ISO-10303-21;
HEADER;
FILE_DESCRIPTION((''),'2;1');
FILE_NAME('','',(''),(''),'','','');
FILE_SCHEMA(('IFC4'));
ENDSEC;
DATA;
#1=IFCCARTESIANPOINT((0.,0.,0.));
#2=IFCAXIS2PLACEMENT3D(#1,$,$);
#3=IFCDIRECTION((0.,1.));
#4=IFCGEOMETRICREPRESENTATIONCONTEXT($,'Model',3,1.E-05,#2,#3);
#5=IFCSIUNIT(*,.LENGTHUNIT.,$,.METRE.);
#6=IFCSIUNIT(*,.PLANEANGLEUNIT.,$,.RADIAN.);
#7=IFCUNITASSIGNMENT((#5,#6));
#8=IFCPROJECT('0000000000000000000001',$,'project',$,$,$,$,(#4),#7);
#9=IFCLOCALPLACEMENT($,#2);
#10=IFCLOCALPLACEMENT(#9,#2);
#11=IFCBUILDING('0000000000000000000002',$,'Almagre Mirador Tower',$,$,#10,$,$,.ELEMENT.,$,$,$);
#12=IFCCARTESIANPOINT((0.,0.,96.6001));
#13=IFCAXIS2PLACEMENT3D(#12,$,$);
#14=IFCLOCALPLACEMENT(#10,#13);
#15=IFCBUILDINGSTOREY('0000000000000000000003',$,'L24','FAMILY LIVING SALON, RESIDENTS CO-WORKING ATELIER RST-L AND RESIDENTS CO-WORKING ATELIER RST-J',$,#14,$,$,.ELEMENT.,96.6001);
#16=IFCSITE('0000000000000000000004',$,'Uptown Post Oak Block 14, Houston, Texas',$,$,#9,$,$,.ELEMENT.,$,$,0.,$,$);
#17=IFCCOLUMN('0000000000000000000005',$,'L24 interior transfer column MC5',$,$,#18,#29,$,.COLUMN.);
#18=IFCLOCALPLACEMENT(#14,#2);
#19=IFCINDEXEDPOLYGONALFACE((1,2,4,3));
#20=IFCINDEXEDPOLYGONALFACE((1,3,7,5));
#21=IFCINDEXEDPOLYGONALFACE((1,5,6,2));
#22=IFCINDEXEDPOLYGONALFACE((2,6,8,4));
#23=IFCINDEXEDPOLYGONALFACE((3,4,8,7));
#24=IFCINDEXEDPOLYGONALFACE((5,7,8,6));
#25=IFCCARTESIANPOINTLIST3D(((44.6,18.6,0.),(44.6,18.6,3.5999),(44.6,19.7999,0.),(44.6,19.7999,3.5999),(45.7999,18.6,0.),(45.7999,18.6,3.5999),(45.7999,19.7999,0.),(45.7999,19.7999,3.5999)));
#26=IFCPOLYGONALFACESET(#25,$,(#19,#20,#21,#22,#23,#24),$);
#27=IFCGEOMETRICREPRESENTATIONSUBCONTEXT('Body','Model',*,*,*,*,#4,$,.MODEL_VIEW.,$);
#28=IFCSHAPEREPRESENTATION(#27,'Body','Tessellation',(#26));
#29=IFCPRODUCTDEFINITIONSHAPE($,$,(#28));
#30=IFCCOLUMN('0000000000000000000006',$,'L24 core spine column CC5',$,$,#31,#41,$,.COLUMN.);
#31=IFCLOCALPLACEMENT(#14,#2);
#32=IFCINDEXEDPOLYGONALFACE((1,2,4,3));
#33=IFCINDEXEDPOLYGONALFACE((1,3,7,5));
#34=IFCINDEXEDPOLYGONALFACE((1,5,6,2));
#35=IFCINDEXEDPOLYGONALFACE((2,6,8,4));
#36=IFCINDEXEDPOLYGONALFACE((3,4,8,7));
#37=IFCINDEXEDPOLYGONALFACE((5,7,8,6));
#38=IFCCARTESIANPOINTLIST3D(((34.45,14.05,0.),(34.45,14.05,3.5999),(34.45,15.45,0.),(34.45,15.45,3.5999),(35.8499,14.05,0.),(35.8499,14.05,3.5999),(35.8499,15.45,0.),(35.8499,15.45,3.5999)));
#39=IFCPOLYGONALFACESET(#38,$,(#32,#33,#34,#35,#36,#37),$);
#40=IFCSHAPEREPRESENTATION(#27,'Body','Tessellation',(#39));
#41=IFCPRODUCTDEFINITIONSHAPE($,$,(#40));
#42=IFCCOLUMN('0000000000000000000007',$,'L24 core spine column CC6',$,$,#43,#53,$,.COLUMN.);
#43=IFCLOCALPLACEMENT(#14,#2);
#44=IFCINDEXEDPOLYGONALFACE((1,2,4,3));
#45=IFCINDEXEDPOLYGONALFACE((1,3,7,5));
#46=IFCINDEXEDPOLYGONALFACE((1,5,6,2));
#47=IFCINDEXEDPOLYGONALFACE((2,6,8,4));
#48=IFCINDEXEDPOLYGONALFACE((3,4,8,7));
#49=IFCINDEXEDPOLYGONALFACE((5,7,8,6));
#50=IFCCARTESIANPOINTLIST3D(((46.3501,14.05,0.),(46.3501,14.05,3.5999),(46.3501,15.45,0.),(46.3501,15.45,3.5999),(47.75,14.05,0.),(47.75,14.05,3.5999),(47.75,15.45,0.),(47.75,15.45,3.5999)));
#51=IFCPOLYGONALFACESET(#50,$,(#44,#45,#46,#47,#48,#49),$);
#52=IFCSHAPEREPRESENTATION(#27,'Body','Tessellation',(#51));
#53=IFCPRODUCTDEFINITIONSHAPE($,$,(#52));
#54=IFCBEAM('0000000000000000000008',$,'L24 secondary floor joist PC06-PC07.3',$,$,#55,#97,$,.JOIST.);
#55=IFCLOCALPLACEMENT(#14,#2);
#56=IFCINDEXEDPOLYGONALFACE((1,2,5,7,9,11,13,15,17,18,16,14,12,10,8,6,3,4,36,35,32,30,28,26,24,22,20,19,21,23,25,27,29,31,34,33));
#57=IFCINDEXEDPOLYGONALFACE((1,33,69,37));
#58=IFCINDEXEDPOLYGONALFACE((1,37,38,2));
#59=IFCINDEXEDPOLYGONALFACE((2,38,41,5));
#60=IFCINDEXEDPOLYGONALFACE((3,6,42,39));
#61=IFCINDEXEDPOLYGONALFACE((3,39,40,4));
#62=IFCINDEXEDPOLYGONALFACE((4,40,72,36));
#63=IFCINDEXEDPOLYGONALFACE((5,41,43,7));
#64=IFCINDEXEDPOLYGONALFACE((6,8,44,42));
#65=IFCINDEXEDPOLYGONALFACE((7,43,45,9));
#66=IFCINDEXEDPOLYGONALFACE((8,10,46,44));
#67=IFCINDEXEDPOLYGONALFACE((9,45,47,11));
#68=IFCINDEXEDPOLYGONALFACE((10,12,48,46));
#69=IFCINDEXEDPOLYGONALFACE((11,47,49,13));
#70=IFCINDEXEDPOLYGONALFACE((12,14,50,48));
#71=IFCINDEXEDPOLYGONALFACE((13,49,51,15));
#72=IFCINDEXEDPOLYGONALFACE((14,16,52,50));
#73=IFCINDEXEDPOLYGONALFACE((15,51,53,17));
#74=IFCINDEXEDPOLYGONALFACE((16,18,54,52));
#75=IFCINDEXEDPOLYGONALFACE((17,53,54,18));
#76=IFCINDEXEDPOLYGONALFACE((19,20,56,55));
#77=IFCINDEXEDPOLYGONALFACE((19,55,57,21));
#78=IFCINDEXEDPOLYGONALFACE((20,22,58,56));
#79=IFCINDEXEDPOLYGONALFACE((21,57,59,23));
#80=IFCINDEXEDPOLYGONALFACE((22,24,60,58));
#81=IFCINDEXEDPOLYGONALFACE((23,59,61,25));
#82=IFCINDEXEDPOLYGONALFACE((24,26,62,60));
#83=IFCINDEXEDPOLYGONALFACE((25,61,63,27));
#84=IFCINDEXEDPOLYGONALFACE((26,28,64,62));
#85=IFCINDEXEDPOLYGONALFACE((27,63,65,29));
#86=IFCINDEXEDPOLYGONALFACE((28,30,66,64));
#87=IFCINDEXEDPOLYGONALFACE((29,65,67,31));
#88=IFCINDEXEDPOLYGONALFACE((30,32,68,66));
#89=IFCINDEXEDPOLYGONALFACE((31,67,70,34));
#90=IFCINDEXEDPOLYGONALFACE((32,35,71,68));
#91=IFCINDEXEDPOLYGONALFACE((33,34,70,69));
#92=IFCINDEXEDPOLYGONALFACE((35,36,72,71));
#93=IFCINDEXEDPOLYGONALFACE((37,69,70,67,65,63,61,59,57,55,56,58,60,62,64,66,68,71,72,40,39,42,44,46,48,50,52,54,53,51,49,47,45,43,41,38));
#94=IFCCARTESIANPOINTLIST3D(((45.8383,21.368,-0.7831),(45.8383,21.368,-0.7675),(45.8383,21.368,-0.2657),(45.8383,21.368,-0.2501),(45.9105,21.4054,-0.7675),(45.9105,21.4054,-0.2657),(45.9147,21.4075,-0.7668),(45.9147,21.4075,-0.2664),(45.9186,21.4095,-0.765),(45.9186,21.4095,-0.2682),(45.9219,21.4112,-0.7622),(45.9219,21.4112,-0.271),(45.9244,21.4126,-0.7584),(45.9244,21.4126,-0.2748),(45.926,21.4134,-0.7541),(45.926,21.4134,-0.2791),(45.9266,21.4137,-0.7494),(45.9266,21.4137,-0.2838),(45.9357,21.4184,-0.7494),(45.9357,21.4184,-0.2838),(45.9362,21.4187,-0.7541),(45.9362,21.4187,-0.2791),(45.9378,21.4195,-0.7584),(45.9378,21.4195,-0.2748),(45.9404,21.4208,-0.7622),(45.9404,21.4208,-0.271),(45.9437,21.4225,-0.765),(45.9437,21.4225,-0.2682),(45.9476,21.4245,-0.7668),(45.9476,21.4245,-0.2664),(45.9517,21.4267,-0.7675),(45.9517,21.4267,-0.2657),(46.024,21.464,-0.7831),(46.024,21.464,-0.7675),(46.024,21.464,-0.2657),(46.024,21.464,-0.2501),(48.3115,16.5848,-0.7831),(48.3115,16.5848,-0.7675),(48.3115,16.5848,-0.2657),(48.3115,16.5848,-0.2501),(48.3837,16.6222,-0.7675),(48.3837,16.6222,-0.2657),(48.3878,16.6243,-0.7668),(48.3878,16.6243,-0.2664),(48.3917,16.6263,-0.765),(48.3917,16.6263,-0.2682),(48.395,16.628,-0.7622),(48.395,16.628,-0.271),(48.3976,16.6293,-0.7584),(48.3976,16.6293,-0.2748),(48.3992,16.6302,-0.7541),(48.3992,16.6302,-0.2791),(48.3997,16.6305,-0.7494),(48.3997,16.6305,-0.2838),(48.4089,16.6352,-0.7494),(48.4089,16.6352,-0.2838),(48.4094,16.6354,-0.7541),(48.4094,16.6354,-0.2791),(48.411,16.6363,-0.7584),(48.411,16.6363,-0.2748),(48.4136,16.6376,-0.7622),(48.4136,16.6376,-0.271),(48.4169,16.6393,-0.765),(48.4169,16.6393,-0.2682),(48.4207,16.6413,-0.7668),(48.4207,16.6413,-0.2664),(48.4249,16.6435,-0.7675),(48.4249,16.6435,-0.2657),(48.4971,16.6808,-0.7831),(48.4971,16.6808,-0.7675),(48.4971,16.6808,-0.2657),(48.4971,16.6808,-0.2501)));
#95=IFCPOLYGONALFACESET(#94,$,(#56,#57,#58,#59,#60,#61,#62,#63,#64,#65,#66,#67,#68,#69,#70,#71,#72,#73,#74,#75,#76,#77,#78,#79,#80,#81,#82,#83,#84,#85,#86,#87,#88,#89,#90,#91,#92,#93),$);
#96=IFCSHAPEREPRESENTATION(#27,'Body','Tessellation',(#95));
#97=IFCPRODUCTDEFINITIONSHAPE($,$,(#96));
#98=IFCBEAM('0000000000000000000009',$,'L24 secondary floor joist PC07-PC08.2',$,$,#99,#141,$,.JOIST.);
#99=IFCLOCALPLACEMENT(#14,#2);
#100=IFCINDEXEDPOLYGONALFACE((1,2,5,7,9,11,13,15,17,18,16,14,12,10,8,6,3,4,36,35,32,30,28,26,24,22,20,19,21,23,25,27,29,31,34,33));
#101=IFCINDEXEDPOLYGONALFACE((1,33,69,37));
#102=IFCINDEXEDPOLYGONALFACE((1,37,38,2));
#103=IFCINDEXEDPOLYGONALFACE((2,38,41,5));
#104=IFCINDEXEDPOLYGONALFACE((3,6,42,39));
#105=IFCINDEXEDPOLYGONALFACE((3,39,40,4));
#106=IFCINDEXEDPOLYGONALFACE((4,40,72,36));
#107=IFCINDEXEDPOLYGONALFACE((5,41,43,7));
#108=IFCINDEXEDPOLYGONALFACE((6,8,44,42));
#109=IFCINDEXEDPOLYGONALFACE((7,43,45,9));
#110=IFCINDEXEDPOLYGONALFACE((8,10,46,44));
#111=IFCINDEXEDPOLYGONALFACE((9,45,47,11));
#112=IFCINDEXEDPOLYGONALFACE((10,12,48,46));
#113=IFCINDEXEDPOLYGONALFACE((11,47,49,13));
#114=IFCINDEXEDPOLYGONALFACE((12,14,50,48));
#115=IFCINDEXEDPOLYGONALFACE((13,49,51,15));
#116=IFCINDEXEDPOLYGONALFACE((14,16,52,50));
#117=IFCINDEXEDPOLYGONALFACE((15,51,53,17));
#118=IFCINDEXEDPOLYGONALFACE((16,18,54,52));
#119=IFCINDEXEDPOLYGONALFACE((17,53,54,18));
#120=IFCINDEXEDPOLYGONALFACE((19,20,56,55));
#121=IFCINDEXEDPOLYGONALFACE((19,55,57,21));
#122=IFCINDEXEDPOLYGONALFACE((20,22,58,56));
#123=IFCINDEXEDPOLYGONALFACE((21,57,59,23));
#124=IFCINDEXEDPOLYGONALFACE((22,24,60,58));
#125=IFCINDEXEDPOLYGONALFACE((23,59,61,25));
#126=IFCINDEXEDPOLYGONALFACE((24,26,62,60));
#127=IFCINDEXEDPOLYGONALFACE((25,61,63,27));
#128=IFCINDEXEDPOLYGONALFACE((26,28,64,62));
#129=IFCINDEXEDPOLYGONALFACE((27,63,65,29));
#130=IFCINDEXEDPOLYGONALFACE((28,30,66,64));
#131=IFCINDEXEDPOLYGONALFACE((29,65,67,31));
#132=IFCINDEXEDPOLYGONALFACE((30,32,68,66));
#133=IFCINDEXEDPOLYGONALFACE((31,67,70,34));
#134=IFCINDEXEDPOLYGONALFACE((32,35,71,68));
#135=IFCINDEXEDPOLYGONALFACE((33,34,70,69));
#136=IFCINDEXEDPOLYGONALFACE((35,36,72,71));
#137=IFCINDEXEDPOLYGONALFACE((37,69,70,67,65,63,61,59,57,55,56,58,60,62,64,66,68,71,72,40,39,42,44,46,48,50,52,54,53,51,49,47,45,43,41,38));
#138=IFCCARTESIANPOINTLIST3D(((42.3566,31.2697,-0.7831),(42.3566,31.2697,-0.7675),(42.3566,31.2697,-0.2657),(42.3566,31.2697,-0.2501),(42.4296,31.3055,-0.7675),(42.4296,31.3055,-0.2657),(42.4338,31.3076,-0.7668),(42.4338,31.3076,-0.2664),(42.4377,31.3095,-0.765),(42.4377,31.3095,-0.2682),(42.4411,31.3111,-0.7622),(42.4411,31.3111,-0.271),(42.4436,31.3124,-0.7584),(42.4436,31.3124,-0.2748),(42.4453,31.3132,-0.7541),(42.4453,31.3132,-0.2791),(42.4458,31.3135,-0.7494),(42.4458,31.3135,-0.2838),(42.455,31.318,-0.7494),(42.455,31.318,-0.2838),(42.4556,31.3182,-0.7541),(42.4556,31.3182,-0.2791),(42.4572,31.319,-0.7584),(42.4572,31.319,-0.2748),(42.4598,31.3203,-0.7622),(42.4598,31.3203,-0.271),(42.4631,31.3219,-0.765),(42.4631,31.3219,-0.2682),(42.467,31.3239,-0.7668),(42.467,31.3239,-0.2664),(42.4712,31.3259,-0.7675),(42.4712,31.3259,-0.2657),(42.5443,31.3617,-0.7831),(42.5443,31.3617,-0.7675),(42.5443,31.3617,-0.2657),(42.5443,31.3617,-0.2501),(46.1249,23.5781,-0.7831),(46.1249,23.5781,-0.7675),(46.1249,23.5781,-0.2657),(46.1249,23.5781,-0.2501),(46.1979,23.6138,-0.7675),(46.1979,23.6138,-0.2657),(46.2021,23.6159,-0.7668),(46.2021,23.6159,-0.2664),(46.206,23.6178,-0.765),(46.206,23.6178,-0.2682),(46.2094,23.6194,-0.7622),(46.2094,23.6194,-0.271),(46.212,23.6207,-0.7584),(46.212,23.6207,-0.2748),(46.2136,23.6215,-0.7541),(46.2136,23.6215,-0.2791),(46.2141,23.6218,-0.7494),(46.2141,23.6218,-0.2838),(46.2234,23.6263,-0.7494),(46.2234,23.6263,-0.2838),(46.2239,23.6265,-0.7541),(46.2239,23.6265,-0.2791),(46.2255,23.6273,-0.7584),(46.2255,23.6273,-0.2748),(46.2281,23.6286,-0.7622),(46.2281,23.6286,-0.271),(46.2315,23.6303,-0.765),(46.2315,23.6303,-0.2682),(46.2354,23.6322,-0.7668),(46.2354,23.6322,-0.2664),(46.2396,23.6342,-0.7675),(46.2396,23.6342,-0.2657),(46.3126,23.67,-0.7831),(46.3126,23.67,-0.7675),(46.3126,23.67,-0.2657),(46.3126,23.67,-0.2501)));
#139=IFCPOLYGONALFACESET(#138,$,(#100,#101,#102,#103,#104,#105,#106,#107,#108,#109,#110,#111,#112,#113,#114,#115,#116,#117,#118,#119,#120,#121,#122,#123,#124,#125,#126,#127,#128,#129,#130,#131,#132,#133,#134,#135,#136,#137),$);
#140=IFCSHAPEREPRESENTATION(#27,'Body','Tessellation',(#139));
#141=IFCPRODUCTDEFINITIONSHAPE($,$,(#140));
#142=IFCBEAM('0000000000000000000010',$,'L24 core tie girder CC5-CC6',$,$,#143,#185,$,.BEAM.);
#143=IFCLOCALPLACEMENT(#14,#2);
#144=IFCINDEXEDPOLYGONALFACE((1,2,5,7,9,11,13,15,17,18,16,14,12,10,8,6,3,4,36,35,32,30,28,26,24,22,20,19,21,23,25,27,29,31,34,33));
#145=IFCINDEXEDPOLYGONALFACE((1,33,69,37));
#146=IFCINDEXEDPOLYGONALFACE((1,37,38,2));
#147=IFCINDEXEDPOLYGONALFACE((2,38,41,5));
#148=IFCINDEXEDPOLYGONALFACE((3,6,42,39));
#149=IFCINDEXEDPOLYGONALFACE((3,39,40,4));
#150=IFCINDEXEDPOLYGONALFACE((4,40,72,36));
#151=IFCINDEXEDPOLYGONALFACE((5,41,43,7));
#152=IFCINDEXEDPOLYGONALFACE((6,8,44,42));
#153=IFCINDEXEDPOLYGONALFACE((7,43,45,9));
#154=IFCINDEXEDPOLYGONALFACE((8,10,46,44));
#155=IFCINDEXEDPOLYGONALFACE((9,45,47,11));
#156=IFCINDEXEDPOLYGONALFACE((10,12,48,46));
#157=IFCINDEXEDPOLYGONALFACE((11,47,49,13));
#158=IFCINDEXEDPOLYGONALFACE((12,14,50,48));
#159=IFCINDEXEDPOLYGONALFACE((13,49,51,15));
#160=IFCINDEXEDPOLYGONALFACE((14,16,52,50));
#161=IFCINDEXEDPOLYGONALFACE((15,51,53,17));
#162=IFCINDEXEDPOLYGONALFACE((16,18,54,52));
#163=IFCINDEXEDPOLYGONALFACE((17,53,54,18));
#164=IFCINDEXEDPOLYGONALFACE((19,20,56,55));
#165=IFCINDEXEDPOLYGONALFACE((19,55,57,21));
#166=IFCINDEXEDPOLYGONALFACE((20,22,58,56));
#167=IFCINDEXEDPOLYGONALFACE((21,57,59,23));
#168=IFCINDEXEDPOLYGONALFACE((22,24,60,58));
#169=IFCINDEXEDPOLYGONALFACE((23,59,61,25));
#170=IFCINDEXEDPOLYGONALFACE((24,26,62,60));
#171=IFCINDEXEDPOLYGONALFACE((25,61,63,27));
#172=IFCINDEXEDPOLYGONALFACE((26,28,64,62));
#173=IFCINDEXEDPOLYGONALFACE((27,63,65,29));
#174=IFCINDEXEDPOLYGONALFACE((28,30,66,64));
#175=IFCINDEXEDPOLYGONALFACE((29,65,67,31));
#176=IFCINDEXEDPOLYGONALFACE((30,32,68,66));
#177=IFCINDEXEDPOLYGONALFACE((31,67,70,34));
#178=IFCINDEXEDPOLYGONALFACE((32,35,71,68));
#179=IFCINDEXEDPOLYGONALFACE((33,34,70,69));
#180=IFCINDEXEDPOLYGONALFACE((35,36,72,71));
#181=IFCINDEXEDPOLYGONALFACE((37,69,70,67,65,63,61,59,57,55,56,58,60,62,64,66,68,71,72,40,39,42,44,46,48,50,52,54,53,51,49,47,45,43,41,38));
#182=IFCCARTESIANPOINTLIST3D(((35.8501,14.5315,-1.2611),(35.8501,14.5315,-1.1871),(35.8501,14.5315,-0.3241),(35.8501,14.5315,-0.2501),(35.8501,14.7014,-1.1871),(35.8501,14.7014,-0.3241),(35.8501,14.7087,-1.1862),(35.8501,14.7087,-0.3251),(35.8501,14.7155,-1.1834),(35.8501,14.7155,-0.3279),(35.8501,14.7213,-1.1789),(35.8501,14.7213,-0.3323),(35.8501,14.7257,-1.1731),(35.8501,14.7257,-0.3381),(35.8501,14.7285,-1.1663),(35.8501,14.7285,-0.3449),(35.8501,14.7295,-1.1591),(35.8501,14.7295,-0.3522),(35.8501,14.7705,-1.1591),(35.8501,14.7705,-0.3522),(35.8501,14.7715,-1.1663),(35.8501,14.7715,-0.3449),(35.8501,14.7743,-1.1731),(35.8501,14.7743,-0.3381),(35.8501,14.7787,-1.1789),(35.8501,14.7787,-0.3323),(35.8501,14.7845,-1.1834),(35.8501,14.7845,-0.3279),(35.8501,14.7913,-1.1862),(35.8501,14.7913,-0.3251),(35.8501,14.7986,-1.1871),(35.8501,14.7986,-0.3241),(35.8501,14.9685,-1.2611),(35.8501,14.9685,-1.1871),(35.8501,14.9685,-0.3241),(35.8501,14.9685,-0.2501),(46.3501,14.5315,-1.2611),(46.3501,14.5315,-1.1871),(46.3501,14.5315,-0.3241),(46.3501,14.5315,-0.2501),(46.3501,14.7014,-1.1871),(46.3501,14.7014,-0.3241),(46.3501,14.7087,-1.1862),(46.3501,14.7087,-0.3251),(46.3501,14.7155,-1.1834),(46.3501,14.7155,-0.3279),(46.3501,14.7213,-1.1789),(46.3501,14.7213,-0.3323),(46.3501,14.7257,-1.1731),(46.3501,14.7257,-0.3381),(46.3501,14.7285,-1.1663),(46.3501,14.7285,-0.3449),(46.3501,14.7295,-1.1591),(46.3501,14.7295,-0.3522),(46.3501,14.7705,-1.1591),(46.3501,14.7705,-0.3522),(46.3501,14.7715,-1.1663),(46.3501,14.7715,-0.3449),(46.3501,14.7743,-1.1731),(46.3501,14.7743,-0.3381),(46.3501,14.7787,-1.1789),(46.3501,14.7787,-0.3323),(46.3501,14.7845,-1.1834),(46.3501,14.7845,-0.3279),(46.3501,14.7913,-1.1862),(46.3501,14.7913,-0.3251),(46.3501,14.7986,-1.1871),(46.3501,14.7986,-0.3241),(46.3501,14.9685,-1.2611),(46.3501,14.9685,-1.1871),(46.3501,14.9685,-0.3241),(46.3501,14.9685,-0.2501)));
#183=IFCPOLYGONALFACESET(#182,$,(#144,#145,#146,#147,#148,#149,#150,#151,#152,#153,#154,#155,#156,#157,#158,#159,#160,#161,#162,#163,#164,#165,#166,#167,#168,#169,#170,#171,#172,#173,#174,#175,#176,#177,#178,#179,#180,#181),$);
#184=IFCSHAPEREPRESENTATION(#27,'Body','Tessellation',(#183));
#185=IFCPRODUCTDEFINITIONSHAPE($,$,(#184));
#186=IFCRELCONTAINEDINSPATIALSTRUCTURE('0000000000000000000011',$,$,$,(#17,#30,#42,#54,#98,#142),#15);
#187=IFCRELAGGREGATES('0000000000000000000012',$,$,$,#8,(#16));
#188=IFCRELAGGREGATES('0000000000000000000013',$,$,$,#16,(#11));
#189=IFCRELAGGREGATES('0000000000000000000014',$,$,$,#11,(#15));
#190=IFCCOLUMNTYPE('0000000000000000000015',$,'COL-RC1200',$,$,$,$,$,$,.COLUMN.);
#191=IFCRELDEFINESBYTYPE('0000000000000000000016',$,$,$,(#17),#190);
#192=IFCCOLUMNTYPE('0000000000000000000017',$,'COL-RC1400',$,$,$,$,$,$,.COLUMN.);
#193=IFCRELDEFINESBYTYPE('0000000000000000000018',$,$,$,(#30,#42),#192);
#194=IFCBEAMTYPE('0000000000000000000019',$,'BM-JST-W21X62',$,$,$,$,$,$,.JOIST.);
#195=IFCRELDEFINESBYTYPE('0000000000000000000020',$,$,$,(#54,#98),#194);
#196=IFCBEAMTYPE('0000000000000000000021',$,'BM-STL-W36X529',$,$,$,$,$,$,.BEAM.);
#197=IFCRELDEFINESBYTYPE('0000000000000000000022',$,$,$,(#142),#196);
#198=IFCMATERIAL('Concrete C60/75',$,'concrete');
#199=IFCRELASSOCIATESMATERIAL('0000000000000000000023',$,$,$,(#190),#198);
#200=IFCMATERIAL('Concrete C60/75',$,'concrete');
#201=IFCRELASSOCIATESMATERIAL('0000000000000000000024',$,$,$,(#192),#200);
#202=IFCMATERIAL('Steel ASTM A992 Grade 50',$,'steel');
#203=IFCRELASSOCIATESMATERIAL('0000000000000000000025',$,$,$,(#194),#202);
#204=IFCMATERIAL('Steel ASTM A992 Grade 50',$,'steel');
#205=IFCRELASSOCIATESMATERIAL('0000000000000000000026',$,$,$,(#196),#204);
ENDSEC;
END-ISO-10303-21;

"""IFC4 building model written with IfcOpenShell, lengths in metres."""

from ifc_helpers import new_model, si_unit, direction, frame, origin, origin_2d, place, context, subcontext, project, spatial, rectangle, i_section, extrude, material, material_profile, profile_set, type_object, element, save


model = new_model("IFC4")

# Units and contexts
model_context = context("Model", 3, precision=1e-05, world=origin(), true_north=direction((0.0, 1.0)))
body_context = subcontext(model_context, "Body", "Model", "MODEL_VIEW")
ifc_project = project(units=[si_unit("LENGTHUNIT", "METRE"), si_unit("PLANEANGLEUNIT", "RADIAN")], contexts=[model_context])

# Site, building, storey
site_placement = place(None, origin())
site = spatial("IfcSite", under=ifc_project, at=site_placement, Name="Uptown Post Oak Block 14, Houston, Texas", CompositionType="ELEMENT", RefElevation=0.0)
building_placement = place(site_placement, origin())
building = spatial("IfcBuilding", under=site, at=building_placement, Name="Almagre Mirador Tower", CompositionType="ELEMENT")
storey_placement = place(building_placement, frame((0.0, 0.0, 96.6001)))
storey = spatial("IfcBuildingStorey", under=building, at=storey_placement, Name="L24", Description="FAMILY LIVING SALON, RESIDENTS CO-WORKING ATELIER RST-L AND RESIDENTS CO-WORKING ATELIER RST-J", CompositionType="ELEMENT", Elevation=96.6001)

# Columns
ifc_material_1 = material(Name="Concrete C60/75", Category="concrete")
ifc_material_profile_1 = material_profile(ifc_material_1, rectangle(XDim=1.2, YDim=1.2, at=origin_2d()), Name="RC1200X1200")
ifc_profile_set_1 = profile_set([ifc_material_profile_1], Name="Concrete C60/75")
column_type_1 = type_object("IfcColumnType", Name="COL-RC1200", PredefinedType="COLUMN", material=ifc_profile_set_1)
column_placement = place(storey_placement, frame((45.2, 19.2, 0.0), z_axis=(0.0, 0.0, 1.0), x_axis=(1.0, 0.0, 0.0)))
element("IfcColumn", 1, at=column_placement, inside=storey, type_object=column_type_1, Name="L24 interior transfer column MC5", PredefinedType="COLUMN", context=body_context, shape_type="SweptSolid", body=[
    extrude(rectangle(XDim=1.2, YDim=1.2, at=origin_2d()), origin(), (0.0, 0.0, 1.0), 3.5999),
])
ifc_material_2 = material(Name="Concrete C60/75", Category="concrete")
ifc_material_profile_2 = material_profile(ifc_material_2, rectangle(XDim=1.3999, YDim=1.3999, at=origin_2d()), Name="RC1400X1400")
ifc_profile_set_2 = profile_set([ifc_material_profile_2], Name="Concrete C60/75")
column_type_2 = type_object("IfcColumnType", Name="COL-RC1400", PredefinedType="COLUMN", material=ifc_profile_set_2)
for number, where, z_axis, x_axis, name in (
    (2, (35.1499, 14.75, 0.0), (0.0, 0.0, 1.0), (1.0, 0.0, 0.0), "L24 core spine column CC5"),
    (3, (47.05, 14.75, 0.0), (0.0, 0.0, 1.0), (1.0, 0.0, 0.0), "L24 core spine column CC6"),
):
    element("IfcColumn", number, at=place(storey_placement, frame(where, z_axis=z_axis, x_axis=x_axis)), inside=storey, type_object=column_type_2, Name=name, PredefinedType="COLUMN", context=body_context, shape_type="SweptSolid", body=[
        extrude(rectangle(XDim=1.3999, YDim=1.3999, at=origin_2d()), origin(), (0.0, 0.0, 1.0), 3.5999),
    ])

# Beams
ifc_material_3 = material(Name="Steel ASTM A992 Grade 50", Category="steel")
ifc_material_profile_3 = material_profile(ifc_material_3, i_section(OverallWidth=0.209, OverallDepth=0.533, WebThickness=0.0103, FlangeThickness=0.0156, FilletRadius=0.0181, at=origin_2d()), Name="W21X62")
ifc_profile_set_3 = profile_set([ifc_material_profile_3], Name="Steel ASTM A992 Grade 50")
beam_type_1 = type_object("IfcBeamType", Name="BM-JST-W21X62", PredefinedType="JOIST", material=ifc_profile_set_3)
beam_1_placement = place(storey_placement, frame((48.4043, 16.6328, -0.5166), z_axis=(-0.459287, 0.888288, 0.0), x_axis=(-0.888288, -0.459287, 0.0)))
element("IfcBeam", 4, at=beam_1_placement, inside=storey, type_object=beam_type_1, Name="L24 secondary floor joist PC06-PC07.3", PredefinedType="JOIST", context=body_context, shape_type="SweptSolid", body=[
    extrude(i_section(OverallWidth=0.209, OverallDepth=0.533, WebThickness=0.0103, FlangeThickness=0.0156, FilletRadius=0.0181, at=origin_2d()), origin(), (0.0, 0.0, 1.0), 5.3848),
])
beam_2_placement = place(storey_placement, frame((46.2188, 23.624, -0.5166), z_axis=(-0.439959, 0.898018, 0.0), x_axis=(-0.898018, -0.439959, 0.0)))
element("IfcBeam", 5, at=beam_2_placement, inside=storey, type_object=beam_type_1, Name="L24 secondary floor joist PC07-PC08.2", PredefinedType="JOIST", context=body_context, shape_type="SweptSolid", body=[
    extrude(i_section(OverallWidth=0.209, OverallDepth=0.533, WebThickness=0.0103, FlangeThickness=0.0156, FilletRadius=0.0181, at=origin_2d()), origin(), (0.0, 0.0, 1.0), 8.5652),
])
ifc_material_4 = material(Name="Steel ASTM A992 Grade 50", Category="steel")
ifc_material_profile_4 = material_profile(ifc_material_4, i_section(OverallWidth=0.437, OverallDepth=1.011, WebThickness=0.041, FlangeThickness=0.074, FilletRadius=0.0281, at=origin_2d()), Name="W36X529")
ifc_profile_set_4 = profile_set([ifc_material_profile_4], Name="Steel ASTM A992 Grade 50")
beam_type_2 = type_object("IfcBeamType", Name="BM-STL-W36X529", PredefinedType="BEAM", material=ifc_profile_set_4)
beam_3_placement = place(storey_placement, frame((35.8501, 14.75, -0.7556), z_axis=(1.0, 0.0, 0.0), x_axis=(0.0, 1.0, 0.0)))
element("IfcBeam", 6, at=beam_3_placement, inside=storey, type_object=beam_type_2, Name="L24 core tie girder CC5-CC6", PredefinedType="BEAM", context=body_context, shape_type="SweptSolid", body=[
    extrude(i_section(OverallWidth=0.437, OverallDepth=1.011, WebThickness=0.041, FlangeThickness=0.074, FilletRadius=0.0281, at=origin_2d()), origin(), (0.0, 0.0, 1.0), 10.5),
])

save(model, "model.ifc")
